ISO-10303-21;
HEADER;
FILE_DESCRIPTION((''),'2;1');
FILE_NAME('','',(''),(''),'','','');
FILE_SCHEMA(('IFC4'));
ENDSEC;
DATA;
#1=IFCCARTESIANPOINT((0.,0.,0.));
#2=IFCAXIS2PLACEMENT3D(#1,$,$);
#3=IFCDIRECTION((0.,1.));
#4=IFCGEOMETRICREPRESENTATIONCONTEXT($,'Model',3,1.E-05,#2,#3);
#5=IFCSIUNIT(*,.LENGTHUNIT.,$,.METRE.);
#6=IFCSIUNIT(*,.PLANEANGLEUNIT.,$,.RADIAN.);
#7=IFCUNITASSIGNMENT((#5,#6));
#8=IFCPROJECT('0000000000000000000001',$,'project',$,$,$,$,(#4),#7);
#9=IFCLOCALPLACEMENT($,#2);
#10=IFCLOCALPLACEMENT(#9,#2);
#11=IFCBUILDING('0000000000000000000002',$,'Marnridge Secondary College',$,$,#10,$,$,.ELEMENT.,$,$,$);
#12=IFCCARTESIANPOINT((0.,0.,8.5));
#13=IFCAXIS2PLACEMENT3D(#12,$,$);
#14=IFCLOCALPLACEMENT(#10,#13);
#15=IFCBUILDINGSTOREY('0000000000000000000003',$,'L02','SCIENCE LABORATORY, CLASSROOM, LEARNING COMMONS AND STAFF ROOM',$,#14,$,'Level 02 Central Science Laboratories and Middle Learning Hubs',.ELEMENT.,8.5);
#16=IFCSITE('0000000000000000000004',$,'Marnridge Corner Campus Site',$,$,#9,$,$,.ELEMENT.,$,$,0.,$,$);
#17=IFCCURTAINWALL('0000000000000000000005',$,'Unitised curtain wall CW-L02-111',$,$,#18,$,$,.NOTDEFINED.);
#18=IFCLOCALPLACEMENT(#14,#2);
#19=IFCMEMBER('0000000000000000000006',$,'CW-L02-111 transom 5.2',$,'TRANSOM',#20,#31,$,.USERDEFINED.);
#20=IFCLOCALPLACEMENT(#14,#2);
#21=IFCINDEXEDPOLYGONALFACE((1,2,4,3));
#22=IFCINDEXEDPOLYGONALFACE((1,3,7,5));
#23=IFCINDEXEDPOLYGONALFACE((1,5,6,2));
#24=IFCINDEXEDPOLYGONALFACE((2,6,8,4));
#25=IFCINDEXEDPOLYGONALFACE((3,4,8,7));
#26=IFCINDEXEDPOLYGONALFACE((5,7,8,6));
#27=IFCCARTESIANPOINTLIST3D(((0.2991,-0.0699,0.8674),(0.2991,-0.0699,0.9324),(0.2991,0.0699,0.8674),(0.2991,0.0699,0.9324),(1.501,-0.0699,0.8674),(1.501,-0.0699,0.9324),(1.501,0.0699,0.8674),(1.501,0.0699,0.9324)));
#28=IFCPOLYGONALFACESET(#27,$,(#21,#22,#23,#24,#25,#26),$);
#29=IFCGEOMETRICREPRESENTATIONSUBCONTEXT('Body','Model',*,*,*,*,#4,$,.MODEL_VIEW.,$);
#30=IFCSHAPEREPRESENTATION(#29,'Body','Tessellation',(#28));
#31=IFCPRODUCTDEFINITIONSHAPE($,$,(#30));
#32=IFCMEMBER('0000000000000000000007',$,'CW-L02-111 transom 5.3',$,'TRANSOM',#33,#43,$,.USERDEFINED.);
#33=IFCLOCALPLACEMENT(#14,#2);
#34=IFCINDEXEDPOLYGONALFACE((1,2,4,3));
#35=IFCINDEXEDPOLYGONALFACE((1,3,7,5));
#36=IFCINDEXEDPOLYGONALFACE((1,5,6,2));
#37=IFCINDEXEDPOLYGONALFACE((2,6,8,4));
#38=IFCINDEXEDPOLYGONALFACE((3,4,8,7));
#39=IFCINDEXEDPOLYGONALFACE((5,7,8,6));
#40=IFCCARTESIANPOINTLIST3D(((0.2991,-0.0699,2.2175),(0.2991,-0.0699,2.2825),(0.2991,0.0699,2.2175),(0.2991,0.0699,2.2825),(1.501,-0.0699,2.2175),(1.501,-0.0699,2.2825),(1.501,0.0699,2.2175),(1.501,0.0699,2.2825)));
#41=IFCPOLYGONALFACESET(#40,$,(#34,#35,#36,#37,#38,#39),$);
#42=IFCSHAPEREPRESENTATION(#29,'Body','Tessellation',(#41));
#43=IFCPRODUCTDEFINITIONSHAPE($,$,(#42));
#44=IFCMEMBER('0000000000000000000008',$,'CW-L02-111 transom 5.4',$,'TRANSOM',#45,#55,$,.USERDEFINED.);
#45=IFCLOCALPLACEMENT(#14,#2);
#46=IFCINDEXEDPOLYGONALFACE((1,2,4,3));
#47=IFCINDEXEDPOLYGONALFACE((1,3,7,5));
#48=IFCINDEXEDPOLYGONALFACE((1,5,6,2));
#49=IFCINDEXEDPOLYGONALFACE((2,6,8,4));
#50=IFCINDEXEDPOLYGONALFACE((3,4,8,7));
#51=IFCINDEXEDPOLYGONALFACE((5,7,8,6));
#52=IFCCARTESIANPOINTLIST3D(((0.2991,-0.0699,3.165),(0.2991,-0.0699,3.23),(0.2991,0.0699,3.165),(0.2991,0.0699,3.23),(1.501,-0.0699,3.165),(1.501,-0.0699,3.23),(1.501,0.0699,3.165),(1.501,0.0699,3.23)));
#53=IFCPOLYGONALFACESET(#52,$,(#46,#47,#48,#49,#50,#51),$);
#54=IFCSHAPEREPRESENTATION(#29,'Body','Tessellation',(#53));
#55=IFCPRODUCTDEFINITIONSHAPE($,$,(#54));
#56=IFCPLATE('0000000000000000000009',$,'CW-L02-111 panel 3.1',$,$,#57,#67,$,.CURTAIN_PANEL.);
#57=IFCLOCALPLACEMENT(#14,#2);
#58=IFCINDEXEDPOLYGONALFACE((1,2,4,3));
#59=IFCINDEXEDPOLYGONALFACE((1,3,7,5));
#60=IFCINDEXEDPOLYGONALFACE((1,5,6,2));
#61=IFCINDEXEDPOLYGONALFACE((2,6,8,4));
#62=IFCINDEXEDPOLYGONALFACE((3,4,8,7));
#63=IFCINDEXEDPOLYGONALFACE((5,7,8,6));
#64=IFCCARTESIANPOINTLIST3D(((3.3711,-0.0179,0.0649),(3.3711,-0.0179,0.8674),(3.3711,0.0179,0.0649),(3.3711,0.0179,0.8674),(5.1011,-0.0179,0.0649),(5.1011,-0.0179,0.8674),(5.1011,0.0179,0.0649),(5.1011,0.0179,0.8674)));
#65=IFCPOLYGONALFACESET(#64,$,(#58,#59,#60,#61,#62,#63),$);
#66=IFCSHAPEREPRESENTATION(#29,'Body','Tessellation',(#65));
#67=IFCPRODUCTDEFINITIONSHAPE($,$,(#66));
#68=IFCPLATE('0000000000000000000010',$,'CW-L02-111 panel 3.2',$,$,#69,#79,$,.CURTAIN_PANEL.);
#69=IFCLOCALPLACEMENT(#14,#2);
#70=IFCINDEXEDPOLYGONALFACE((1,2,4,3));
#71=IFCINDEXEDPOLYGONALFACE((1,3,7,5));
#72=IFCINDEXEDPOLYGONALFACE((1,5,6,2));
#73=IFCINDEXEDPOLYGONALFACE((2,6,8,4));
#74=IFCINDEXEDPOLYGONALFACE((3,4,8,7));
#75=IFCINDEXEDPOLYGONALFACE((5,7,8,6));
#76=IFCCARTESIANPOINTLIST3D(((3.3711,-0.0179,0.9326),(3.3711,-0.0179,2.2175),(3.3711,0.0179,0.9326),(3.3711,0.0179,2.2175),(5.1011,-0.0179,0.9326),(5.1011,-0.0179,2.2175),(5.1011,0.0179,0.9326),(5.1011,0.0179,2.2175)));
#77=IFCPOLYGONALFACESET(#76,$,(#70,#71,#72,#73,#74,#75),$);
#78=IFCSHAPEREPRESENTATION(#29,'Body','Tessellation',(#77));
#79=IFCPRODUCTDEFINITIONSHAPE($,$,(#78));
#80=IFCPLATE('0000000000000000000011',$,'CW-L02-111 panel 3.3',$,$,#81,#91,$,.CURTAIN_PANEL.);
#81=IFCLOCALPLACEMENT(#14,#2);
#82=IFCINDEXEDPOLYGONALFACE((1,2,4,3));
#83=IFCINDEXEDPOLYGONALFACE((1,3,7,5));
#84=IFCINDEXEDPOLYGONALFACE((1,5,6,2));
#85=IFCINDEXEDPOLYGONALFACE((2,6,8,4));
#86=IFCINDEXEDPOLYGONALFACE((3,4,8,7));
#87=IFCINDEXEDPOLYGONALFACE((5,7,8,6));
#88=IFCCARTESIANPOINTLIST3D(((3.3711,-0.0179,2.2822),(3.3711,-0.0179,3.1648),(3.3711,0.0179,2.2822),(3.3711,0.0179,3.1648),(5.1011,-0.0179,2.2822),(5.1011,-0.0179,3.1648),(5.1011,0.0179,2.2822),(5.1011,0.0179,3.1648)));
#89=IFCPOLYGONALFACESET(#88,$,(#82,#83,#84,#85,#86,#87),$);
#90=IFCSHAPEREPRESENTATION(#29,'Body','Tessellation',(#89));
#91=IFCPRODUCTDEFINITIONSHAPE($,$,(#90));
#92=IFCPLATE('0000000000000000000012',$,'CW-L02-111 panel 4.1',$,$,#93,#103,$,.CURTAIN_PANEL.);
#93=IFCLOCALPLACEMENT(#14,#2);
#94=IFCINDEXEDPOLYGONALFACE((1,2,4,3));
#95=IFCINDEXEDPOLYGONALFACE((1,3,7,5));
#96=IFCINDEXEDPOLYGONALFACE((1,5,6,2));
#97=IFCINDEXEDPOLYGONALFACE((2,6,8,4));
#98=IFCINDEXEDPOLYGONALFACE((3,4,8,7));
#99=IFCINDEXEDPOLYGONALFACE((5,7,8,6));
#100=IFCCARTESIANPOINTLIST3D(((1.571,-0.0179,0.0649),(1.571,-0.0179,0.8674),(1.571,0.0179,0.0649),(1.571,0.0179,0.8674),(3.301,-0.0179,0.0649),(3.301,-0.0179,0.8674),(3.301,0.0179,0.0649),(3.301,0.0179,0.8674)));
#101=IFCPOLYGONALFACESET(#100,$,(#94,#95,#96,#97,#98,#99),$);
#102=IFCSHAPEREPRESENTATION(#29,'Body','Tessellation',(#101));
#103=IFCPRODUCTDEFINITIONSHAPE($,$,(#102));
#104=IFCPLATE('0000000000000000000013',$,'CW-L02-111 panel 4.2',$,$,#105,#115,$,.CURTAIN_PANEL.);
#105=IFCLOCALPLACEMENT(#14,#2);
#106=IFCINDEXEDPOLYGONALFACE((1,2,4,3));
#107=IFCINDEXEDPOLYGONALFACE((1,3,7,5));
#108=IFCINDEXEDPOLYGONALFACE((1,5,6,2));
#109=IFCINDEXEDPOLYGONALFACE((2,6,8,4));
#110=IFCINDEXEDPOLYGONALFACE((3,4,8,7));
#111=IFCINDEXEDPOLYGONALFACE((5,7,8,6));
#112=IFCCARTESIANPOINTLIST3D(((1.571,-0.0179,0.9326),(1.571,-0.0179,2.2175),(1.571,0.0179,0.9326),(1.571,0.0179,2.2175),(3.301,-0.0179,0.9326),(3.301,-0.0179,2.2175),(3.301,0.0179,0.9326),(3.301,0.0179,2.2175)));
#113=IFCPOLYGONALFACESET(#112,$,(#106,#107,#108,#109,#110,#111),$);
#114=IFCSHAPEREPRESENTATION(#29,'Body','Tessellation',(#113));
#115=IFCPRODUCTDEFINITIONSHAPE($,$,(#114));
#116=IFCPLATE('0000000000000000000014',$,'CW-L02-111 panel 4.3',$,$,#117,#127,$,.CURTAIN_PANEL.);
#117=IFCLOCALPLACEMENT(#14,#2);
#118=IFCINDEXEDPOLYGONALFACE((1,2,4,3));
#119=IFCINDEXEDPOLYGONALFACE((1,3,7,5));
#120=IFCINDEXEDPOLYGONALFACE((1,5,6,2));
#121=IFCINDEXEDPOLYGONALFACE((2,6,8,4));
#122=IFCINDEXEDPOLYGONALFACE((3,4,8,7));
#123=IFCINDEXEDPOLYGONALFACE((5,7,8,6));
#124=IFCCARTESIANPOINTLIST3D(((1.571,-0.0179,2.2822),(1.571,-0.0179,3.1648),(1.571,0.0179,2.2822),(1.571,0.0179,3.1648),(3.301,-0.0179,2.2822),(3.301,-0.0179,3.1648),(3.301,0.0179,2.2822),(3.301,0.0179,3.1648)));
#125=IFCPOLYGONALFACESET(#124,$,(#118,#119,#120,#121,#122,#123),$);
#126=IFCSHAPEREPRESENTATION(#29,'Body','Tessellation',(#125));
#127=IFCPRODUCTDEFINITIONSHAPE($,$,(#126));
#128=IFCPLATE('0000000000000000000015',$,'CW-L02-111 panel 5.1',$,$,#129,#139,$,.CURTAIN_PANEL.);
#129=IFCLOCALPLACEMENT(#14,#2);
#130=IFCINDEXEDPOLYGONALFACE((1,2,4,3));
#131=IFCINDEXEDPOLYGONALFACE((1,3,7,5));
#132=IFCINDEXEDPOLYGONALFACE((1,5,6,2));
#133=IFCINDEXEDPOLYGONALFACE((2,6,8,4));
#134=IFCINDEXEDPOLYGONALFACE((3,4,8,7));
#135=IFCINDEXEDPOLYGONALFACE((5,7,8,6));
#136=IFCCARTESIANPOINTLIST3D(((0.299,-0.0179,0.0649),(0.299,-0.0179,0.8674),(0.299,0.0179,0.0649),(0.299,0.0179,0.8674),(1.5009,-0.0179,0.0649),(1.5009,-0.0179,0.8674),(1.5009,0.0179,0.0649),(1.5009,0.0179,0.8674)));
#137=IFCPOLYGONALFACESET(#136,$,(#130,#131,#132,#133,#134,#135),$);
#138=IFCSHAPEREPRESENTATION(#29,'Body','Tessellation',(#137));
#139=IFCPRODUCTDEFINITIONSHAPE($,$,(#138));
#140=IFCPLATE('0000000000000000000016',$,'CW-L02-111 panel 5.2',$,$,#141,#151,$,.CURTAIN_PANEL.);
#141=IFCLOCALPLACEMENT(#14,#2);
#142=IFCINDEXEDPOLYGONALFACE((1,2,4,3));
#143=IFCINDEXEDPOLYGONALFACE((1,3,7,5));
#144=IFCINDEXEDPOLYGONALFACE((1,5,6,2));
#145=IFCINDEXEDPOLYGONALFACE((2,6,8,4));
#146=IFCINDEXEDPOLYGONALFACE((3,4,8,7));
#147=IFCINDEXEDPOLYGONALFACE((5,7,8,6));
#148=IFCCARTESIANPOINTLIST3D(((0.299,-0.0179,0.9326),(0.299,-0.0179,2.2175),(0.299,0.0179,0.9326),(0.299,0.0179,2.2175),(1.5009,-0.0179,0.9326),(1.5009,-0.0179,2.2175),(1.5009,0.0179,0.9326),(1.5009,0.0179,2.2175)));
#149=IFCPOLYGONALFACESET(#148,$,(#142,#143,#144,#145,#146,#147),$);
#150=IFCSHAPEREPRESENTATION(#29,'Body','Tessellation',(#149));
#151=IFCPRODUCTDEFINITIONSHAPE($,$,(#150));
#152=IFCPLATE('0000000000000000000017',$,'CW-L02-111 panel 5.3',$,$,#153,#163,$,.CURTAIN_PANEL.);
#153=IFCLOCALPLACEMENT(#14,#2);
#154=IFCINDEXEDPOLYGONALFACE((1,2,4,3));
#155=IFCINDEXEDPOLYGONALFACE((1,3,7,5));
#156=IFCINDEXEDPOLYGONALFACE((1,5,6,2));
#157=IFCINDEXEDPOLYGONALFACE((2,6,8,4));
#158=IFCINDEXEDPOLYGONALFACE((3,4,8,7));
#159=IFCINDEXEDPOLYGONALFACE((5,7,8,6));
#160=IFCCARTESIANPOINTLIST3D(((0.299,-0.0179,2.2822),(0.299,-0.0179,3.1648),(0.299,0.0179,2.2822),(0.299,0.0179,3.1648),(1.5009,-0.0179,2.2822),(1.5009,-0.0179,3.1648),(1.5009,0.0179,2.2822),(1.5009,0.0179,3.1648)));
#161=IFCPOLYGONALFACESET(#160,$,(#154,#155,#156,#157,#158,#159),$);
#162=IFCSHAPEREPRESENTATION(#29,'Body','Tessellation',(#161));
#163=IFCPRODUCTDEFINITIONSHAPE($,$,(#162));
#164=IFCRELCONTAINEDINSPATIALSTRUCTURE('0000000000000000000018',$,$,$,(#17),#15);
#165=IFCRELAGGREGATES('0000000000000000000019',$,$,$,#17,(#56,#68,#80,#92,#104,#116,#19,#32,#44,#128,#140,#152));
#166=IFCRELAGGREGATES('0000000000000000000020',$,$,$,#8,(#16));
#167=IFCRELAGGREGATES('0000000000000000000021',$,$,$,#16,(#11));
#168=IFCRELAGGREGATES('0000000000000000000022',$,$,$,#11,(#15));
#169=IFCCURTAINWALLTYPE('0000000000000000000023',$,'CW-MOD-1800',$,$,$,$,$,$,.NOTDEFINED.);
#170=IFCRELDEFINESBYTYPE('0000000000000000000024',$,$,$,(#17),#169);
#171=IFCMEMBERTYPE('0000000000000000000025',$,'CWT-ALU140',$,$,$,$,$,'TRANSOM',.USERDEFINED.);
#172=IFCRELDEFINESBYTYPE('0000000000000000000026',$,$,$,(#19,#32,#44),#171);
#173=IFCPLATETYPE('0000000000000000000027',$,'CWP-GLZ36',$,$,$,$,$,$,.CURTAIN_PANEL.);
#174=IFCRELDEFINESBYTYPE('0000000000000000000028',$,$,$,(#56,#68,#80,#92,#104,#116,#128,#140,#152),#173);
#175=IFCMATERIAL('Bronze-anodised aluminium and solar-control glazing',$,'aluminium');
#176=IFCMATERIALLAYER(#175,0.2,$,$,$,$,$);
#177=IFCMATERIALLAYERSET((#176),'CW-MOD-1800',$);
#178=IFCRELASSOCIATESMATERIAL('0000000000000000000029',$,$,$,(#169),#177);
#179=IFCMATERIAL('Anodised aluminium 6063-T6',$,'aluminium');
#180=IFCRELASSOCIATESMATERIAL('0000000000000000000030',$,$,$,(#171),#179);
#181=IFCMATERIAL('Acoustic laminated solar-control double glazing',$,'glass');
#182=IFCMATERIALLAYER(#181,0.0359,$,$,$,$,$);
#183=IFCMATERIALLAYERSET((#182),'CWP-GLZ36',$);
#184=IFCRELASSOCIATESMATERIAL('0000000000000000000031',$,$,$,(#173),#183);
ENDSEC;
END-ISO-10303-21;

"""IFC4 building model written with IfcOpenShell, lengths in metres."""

from ifc_helpers import new_model, si_unit, direction, frame, origin, origin_2d, place, context, subcontext, project, spatial, rectangle, extrude, material, layer, layer_set, material_profile, profile_set, type_object, element, aggregate, save


model = new_model("IFC4")

# Units and contexts
model_context = context("Model", 3, precision=1e-05, world=origin(), true_north=direction((0.0, 1.0)))
body_context = subcontext(model_context, "Body", "Model", "MODEL_VIEW")
ifc_project = project(units=[si_unit("LENGTHUNIT", "METRE"), si_unit("PLANEANGLEUNIT", "RADIAN")], contexts=[model_context])

# Site, building, storey
site_placement = place(None, origin())
site = spatial("IfcSite", under=ifc_project, at=site_placement, Name="Marnridge Corner Campus Site", CompositionType="ELEMENT", RefElevation=0.0)
building_placement = place(site_placement, origin())
building = spatial("IfcBuilding", under=site, at=building_placement, Name="Marnridge Secondary College", CompositionType="ELEMENT")
storey_placement = place(building_placement, frame((0.0, 0.0, 8.5)))
storey = spatial("IfcBuildingStorey", under=building, at=storey_placement, Name="L02", Description="SCIENCE LABORATORY, CLASSROOM, LEARNING COMMONS AND STAFF ROOM", LongName="Level 02 Central Science Laboratories and Middle Learning Hubs", CompositionType="ELEMENT", Elevation=8.5)

# Curtain wall, members, plates
ifc_material_1 = material(Name="Bronze-anodised aluminium and solar-control glazing", Category="aluminium")
ifc_layer_1 = layer(ifc_material_1, 0.2)
ifc_layer_set_1 = layer_set([ifc_layer_1], Name="CW-MOD-1800")
curtain_wall_type = type_object("IfcCurtainWallType", Name="CW-MOD-1800", PredefinedType="NOTDEFINED", material=ifc_layer_set_1)
curtain_wall_placement = place(storey_placement, origin())
curtain_wall = element("IfcCurtainWall", 1, at=curtain_wall_placement, inside=storey, type_object=curtain_wall_type, Name="Unitised curtain wall CW-L02-111", PredefinedType="NOTDEFINED")
ifc_material_2 = material(Name="Anodised aluminium 6063-T6", Category="aluminium")
ifc_material_profile_1 = material_profile(ifc_material_2, rectangle(XDim=0.0649, YDim=0.1399, at=origin_2d()), Name="ALU 65x140")
ifc_profile_set_1 = profile_set([ifc_material_profile_1], Name="Anodised aluminium 6063-T6")
member_type_1 = type_object("IfcMemberType", Name="CWT-ALU140", ElementType="TRANSOM", PredefinedType="USERDEFINED", material=ifc_profile_set_1)
member_1_placement = place(storey_placement, frame((1.501, 0.0, 0.8999), z_axis=(-1.0, 0.0, 0.0), x_axis=(0.0, 0.0, 1.0)))
member_1 = element("IfcMember", 2, at=member_1_placement, type_object=member_type_1, Name="CW-L02-111 transom 5.2", ObjectType="TRANSOM", PredefinedType="USERDEFINED", context=body_context, shape_type="SweptSolid", body=[
    extrude(rectangle(XDim=0.0649, YDim=0.1399, at=origin_2d()), origin(), (0.0, 0.0, 1.0), 1.2019),
])
member_2_placement = place(storey_placement, frame((1.501, 0.0, 2.25), z_axis=(-1.0, 0.0, 0.0), x_axis=(0.0, 0.0, 1.0)))
member_2 = element("IfcMember", 3, at=member_2_placement, type_object=member_type_1, Name="CW-L02-111 transom 5.3", ObjectType="TRANSOM", PredefinedType="USERDEFINED", context=body_context, shape_type="SweptSolid", body=[
    extrude(rectangle(XDim=0.0649, YDim=0.1399, at=origin_2d()), origin(), (0.0, 0.0, 1.0), 1.2019),
])
member_3_placement = place(storey_placement, frame((1.501, 0.0, 3.1975), z_axis=(-1.0, 0.0, 0.0), x_axis=(0.0, 0.0, 1.0)))
member_3 = element("IfcMember", 4, at=member_3_placement, type_object=member_type_1, Name="CW-L02-111 transom 5.4", ObjectType="TRANSOM", PredefinedType="USERDEFINED", context=body_context, shape_type="SweptSolid", body=[
    extrude(rectangle(XDim=0.0649, YDim=0.1399, at=origin_2d()), origin(), (0.0, 0.0, 1.0), 1.2019),
])
ifc_material_3 = material(Name="Acoustic laminated solar-control double glazing", Category="glass")
ifc_layer_2 = layer(ifc_material_3, 0.0359)
ifc_layer_set_2 = layer_set([ifc_layer_2], Name="CWP-GLZ36")
plate_type = type_object("IfcPlateType", Name="CWP-GLZ36", PredefinedType="CURTAIN_PANEL", material=ifc_layer_set_2)
plate_1_placement = place(storey_placement, frame((4.2361, 0.0, 0.0649), z_axis=(0.0, 0.0, 1.0), x_axis=(-1.0, 0.0, 0.0)))
plate_1 = element("IfcPlate", 5, at=plate_1_placement, type_object=plate_type, Name="CW-L02-111 panel 3.1", PredefinedType="CURTAIN_PANEL", context=body_context, shape_type="SweptSolid", body=[
    extrude(rectangle(XDim=1.73, YDim=0.0359, at=origin_2d()), origin(), (0.0, 0.0, 1.0), 0.8025),
])
plate_2_placement = place(storey_placement, frame((4.2361, 0.0, 0.9326), z_axis=(0.0, 0.0, 1.0), x_axis=(-1.0, 0.0, 0.0)))
plate_2 = element("IfcPlate", 6, at=plate_2_placement, type_object=plate_type, Name="CW-L02-111 panel 3.2", PredefinedType="CURTAIN_PANEL", context=body_context, shape_type="SweptSolid", body=[
    extrude(rectangle(XDim=1.73, YDim=0.0359, at=origin_2d()), origin(), (0.0, 0.0, 1.0), 1.2849),
])
plate_3_placement = place(storey_placement, frame((4.2361, 0.0, 2.2822), z_axis=(0.0, 0.0, 1.0), x_axis=(-1.0, 0.0, 0.0)))
plate_3 = element("IfcPlate", 7, at=plate_3_placement, type_object=plate_type, Name="CW-L02-111 panel 3.3", PredefinedType="CURTAIN_PANEL", context=body_context, shape_type="SweptSolid", body=[
    extrude(rectangle(XDim=1.73, YDim=0.0359, at=origin_2d()), origin(), (0.0, 0.0, 1.0), 0.8826),
])
plate_4_placement = place(storey_placement, frame((2.436, 0.0, 0.0649), z_axis=(0.0, 0.0, 1.0), x_axis=(-1.0, 0.0, 0.0)))
plate_4 = element("IfcPlate", 8, at=plate_4_placement, type_object=plate_type, Name="CW-L02-111 panel 4.1", PredefinedType="CURTAIN_PANEL", context=body_context, shape_type="SweptSolid", body=[
    extrude(rectangle(XDim=1.73, YDim=0.0359, at=origin_2d()), origin(), (0.0, 0.0, 1.0), 0.8025),
])
plate_5_placement = place(storey_placement, frame((2.436, 0.0, 0.9326), z_axis=(0.0, 0.0, 1.0), x_axis=(-1.0, 0.0, 0.0)))
plate_5 = element("IfcPlate", 9, at=plate_5_placement, type_object=plate_type, Name="CW-L02-111 panel 4.2", PredefinedType="CURTAIN_PANEL", context=body_context, shape_type="SweptSolid", body=[
    extrude(rectangle(XDim=1.73, YDim=0.0359, at=origin_2d()), origin(), (0.0, 0.0, 1.0), 1.2849),
])
plate_6_placement = place(storey_placement, frame((2.436, 0.0, 2.2822), z_axis=(0.0, 0.0, 1.0), x_axis=(-1.0, 0.0, 0.0)))
plate_6 = element("IfcPlate", 10, at=plate_6_placement, type_object=plate_type, Name="CW-L02-111 panel 4.3", PredefinedType="CURTAIN_PANEL", context=body_context, shape_type="SweptSolid", body=[
    extrude(rectangle(XDim=1.73, YDim=0.0359, at=origin_2d()), origin(), (0.0, 0.0, 1.0), 0.8826),
])
plate_7_placement = place(storey_placement, frame((0.8999, 0.0, 0.0649), z_axis=(0.0, 0.0, 1.0), x_axis=(-1.0, 0.0, 0.0)))
plate_7 = element("IfcPlate", 11, at=plate_7_placement, type_object=plate_type, Name="CW-L02-111 panel 5.1", PredefinedType="CURTAIN_PANEL", context=body_context, shape_type="SweptSolid", body=[
    extrude(rectangle(XDim=1.2019, YDim=0.0359, at=origin_2d()), origin(), (0.0, 0.0, 1.0), 0.8025),
])
plate_8_placement = place(storey_placement, frame((0.8999, 0.0, 0.9326), z_axis=(0.0, 0.0, 1.0), x_axis=(-1.0, 0.0, 0.0)))
plate_8 = element("IfcPlate", 12, at=plate_8_placement, type_object=plate_type, Name="CW-L02-111 panel 5.2", PredefinedType="CURTAIN_PANEL", context=body_context, shape_type="SweptSolid", body=[
    extrude(rectangle(XDim=1.2019, YDim=0.0359, at=origin_2d()), origin(), (0.0, 0.0, 1.0), 1.2849),
])
plate_9_placement = place(storey_placement, frame((0.8999, 0.0, 2.2822), z_axis=(0.0, 0.0, 1.0), x_axis=(-1.0, 0.0, 0.0)))
plate_9 = element("IfcPlate", 13, at=plate_9_placement, type_object=plate_type, Name="CW-L02-111 panel 5.3", PredefinedType="CURTAIN_PANEL", context=body_context, shape_type="SweptSolid", body=[
    extrude(rectangle(XDim=1.2019, YDim=0.0359, at=origin_2d()), origin(), (0.0, 0.0, 1.0), 0.8826),
])
aggregate(curtain_wall, [plate_1, plate_2, plate_3, plate_4, plate_5, plate_6, member_1, member_2, member_3, plate_7, plate_8, plate_9])

save(model, "model.ifc")
